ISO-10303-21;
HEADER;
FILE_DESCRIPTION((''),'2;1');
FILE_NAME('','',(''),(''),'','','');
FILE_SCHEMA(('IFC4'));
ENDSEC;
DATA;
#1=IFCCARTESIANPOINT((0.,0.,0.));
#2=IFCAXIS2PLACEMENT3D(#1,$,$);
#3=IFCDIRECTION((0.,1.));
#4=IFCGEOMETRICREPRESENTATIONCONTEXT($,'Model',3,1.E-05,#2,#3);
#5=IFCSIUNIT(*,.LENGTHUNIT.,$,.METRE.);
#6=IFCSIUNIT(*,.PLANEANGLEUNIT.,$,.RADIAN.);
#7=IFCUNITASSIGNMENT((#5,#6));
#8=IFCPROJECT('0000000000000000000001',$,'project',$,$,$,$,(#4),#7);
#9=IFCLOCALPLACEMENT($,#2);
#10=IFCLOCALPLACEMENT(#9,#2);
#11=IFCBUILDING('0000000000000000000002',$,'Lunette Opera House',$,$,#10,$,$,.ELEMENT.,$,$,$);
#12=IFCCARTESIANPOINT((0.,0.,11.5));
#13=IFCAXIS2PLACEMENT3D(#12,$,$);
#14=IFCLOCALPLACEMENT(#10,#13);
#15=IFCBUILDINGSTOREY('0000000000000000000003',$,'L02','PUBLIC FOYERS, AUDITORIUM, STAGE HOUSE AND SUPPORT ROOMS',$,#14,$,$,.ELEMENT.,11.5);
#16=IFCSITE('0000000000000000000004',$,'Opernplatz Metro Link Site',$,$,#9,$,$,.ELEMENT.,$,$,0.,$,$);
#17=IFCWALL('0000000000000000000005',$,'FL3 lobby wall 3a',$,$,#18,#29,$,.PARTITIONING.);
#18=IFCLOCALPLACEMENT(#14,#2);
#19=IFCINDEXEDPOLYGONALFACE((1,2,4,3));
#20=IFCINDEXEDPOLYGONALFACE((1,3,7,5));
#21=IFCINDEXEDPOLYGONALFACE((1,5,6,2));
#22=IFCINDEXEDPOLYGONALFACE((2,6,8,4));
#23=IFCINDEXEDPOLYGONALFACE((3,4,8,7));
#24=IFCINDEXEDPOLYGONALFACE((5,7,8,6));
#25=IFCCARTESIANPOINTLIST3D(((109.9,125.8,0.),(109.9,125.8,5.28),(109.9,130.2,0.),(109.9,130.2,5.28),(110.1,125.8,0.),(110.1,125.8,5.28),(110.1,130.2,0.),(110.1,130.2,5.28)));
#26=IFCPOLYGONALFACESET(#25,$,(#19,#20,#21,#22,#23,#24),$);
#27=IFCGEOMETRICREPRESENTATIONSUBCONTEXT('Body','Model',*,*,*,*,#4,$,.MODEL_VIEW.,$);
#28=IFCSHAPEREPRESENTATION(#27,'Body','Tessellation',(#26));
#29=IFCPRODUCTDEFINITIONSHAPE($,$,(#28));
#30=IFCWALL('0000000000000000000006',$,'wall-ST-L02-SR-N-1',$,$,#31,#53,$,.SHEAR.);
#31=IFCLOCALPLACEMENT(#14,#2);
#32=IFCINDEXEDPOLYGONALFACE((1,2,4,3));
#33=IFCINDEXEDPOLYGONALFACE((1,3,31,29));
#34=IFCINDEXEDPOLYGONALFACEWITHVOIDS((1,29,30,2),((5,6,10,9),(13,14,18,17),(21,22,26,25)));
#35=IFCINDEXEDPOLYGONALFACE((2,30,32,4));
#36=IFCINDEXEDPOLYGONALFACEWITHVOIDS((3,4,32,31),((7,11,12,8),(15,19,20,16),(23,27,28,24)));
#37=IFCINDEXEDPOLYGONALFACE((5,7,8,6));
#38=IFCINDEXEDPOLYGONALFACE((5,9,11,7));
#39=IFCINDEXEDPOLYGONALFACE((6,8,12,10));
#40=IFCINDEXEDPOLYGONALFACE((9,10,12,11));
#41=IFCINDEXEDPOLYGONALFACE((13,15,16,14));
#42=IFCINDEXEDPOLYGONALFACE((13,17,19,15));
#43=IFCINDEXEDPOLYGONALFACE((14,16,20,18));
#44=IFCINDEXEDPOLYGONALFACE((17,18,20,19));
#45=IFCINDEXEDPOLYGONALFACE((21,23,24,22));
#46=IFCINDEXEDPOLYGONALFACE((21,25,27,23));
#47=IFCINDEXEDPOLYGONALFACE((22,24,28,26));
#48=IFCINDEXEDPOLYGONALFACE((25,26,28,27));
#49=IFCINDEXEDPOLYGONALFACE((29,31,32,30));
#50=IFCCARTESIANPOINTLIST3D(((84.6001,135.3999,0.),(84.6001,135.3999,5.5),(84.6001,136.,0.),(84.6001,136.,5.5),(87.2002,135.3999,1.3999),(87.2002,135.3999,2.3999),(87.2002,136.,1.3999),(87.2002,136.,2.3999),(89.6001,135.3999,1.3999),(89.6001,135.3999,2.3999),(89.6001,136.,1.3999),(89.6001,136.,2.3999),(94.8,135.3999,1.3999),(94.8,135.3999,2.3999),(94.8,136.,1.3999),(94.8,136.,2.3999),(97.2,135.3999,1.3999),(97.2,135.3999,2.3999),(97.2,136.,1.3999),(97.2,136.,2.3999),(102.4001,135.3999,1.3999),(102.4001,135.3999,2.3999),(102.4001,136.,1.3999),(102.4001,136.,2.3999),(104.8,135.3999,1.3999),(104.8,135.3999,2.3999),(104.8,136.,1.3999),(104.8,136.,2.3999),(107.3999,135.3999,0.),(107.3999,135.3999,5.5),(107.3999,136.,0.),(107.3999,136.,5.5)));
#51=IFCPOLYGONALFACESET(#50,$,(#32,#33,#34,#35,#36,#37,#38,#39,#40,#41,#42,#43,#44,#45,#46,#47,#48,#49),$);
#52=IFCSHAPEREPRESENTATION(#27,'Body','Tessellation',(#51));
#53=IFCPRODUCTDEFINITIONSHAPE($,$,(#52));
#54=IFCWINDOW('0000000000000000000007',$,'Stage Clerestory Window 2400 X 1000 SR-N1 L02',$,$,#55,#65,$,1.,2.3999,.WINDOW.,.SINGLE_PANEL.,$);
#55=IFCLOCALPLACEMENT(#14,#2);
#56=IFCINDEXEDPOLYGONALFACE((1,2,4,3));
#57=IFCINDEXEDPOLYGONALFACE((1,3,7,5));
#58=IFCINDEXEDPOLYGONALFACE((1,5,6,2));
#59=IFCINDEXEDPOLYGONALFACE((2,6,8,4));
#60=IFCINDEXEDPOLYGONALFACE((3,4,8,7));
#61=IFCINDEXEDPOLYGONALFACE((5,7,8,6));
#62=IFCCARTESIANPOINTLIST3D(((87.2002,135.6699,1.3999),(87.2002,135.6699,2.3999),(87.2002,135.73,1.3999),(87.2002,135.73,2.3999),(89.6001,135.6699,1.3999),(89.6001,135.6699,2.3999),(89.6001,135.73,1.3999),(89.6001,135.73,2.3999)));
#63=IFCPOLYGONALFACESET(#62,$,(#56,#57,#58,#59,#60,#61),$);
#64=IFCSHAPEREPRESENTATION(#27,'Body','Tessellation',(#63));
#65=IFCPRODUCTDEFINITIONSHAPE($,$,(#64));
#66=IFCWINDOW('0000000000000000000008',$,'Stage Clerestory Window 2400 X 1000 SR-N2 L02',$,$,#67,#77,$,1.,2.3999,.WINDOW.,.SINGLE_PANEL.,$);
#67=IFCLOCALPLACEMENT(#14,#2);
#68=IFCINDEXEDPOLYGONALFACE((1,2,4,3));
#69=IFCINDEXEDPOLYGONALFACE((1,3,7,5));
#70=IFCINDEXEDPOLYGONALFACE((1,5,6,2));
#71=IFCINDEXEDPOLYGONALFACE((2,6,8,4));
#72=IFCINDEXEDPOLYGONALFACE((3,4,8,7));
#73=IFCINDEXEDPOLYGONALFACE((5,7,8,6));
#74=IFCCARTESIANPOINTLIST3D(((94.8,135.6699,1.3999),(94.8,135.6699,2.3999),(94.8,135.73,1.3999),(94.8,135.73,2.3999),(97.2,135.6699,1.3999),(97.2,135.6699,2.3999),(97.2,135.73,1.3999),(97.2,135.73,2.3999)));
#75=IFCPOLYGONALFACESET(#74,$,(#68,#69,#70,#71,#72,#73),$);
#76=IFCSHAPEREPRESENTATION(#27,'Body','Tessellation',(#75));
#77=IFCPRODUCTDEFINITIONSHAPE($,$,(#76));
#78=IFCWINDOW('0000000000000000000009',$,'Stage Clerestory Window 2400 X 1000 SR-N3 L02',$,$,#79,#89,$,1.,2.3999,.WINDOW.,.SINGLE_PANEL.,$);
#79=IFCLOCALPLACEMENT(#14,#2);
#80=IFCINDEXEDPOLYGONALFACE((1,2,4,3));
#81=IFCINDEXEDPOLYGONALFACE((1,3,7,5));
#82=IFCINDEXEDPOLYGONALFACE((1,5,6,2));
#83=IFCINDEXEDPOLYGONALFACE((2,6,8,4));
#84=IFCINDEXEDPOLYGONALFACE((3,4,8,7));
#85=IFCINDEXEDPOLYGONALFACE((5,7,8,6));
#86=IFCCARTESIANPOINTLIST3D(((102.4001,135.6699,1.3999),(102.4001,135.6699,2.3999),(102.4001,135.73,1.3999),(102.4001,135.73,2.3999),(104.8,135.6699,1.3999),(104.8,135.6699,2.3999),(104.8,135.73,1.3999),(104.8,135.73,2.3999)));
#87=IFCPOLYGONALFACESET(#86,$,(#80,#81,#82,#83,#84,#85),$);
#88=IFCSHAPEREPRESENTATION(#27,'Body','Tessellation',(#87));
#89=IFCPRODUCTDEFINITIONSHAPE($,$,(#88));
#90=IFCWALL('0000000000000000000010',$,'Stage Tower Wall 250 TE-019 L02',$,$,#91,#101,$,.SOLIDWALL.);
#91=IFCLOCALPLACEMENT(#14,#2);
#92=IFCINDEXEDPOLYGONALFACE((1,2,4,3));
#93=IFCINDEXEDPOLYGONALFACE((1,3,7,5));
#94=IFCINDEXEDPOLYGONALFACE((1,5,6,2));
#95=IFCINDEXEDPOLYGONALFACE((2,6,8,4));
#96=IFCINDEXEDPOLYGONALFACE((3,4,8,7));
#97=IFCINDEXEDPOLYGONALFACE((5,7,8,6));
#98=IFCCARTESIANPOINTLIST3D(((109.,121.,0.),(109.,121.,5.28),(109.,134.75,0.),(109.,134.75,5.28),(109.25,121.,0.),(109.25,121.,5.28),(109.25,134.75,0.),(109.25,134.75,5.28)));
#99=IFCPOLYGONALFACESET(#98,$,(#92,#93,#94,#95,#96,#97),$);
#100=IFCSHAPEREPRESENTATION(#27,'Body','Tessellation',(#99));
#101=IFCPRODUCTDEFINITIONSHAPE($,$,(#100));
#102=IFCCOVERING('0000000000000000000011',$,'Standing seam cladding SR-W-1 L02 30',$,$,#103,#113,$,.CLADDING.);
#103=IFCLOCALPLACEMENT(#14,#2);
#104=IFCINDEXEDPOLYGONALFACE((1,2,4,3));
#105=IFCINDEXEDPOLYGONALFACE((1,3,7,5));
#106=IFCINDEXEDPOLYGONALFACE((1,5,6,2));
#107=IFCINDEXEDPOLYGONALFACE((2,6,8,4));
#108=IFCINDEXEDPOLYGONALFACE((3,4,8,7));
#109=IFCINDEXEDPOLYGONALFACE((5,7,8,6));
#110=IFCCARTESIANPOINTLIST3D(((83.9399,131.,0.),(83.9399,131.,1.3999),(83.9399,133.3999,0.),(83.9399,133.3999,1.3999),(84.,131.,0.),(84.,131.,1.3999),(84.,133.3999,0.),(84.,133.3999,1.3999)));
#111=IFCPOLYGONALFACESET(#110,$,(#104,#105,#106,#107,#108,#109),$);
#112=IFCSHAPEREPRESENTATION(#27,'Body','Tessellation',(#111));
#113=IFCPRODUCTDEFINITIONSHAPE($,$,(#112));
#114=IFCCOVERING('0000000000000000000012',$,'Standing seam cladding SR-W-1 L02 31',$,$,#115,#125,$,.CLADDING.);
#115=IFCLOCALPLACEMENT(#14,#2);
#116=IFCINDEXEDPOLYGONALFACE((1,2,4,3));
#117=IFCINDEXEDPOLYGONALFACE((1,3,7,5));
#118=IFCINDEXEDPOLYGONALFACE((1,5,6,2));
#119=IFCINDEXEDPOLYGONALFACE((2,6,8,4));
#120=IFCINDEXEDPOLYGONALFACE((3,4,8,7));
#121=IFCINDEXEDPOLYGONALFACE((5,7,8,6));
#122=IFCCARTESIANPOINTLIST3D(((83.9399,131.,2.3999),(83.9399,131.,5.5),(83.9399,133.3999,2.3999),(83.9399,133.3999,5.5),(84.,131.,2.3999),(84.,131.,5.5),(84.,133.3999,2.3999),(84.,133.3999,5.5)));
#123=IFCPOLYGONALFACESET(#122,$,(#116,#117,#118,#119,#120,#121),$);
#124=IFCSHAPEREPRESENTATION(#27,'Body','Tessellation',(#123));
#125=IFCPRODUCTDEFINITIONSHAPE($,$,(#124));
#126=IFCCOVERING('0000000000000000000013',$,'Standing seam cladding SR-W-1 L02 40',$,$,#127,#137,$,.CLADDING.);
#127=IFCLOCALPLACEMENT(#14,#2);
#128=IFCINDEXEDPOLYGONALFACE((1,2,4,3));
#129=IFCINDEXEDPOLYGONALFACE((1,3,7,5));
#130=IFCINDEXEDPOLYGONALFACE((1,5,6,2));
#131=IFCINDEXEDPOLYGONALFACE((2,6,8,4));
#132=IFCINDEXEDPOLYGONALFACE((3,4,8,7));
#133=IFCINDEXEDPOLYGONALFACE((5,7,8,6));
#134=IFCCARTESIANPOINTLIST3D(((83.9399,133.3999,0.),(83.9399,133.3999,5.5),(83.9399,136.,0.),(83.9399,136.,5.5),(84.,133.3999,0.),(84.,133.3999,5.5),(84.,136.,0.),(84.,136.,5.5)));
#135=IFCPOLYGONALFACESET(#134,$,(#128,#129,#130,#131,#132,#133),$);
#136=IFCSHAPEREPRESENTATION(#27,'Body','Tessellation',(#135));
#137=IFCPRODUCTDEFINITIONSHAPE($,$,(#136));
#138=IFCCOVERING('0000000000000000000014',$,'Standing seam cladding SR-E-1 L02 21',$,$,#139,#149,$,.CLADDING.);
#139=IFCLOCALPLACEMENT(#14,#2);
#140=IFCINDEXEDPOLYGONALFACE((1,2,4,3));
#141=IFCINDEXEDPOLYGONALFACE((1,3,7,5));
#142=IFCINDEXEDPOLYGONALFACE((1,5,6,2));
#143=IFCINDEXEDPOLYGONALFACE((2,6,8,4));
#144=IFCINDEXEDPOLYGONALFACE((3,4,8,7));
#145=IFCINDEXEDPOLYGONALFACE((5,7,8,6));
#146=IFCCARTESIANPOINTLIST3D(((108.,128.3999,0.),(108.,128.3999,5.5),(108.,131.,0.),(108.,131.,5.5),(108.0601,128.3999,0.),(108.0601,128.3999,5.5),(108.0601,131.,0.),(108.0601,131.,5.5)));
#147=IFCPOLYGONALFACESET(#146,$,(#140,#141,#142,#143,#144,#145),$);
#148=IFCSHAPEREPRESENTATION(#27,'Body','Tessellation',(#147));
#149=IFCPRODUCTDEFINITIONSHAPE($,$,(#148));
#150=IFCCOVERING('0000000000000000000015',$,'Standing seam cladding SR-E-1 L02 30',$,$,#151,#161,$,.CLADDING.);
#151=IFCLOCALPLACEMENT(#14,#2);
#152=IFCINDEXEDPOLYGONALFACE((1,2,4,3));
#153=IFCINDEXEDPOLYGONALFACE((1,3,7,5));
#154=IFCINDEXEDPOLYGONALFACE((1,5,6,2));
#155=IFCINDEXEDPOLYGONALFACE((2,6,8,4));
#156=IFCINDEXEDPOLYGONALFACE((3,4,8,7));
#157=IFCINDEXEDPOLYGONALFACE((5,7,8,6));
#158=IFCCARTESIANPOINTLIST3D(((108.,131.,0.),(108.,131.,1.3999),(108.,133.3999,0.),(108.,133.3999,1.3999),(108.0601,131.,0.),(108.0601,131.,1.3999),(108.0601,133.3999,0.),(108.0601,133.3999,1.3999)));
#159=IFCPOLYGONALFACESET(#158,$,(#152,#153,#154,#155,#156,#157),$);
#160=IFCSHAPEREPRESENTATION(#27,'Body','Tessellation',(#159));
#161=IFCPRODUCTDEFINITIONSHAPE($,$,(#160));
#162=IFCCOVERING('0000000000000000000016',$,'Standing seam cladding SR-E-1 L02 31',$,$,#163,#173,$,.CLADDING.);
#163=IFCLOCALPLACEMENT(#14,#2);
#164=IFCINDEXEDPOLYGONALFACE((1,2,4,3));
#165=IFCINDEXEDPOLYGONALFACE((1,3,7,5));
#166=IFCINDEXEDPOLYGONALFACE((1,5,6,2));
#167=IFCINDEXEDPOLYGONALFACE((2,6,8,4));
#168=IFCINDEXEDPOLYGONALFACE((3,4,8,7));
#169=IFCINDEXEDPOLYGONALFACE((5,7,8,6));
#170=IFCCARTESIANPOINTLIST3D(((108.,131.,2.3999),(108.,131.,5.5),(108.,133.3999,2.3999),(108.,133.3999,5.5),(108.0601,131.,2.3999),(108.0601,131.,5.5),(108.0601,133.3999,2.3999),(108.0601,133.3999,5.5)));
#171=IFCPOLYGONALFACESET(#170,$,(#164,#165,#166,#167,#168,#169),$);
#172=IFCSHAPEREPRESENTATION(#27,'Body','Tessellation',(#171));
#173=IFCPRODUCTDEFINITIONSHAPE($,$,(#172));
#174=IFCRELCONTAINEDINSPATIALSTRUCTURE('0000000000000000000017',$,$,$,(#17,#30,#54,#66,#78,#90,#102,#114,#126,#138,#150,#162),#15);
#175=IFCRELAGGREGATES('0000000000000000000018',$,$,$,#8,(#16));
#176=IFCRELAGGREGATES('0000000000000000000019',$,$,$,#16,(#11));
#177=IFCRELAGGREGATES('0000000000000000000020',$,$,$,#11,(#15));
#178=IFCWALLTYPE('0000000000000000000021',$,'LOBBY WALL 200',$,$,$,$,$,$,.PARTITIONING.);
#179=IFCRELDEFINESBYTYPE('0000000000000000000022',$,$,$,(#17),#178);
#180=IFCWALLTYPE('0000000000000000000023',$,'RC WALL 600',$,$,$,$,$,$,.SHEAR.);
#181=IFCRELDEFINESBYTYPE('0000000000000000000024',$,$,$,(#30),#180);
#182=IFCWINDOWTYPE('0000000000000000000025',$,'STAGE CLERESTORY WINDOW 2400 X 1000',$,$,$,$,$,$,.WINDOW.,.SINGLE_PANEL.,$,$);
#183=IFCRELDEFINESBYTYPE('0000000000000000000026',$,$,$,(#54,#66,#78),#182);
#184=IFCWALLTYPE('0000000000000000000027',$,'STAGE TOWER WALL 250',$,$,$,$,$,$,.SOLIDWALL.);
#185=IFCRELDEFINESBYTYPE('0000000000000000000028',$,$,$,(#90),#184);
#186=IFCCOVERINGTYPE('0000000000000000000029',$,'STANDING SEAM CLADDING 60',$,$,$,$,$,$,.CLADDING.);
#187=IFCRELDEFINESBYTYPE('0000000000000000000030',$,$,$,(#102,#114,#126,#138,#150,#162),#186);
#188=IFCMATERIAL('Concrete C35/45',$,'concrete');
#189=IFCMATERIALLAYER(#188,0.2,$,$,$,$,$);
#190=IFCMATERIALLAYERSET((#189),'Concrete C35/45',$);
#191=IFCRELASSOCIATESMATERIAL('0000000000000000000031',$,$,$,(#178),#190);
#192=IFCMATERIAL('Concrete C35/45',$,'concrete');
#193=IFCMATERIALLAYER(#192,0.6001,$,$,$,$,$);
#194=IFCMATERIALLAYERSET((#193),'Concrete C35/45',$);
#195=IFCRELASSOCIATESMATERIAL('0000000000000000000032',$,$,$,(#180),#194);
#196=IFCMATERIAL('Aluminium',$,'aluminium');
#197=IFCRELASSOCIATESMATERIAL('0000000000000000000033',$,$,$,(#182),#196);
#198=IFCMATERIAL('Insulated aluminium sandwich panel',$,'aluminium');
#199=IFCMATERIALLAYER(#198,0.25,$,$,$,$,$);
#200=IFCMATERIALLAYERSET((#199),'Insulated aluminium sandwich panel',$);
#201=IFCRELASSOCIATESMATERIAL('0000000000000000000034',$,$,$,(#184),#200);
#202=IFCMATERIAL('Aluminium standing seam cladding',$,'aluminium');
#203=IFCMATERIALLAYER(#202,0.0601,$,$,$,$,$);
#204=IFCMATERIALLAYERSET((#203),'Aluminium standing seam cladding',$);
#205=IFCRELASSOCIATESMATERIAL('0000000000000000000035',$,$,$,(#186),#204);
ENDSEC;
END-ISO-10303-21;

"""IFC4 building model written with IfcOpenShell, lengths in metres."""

from ifc_helpers import new_model, si_unit, direction, frame, frame_2d, origin, origin_2d, place, context, subcontext, project, spatial, rectangle, extrude, material, layer, layer_set, type_object, element, fill, save


model = new_model("IFC4")

# Units and contexts
model_context = context("Model", 3, precision=1e-05, world=origin(), true_north=direction((0.0, 1.0)))
body_context = subcontext(model_context, "Body", "Model", "MODEL_VIEW")
ifc_project = project(units=[si_unit("LENGTHUNIT", "METRE"), si_unit("PLANEANGLEUNIT", "RADIAN")], contexts=[model_context])

# Site, building, storey
site_placement = place(None, origin())
site = spatial("IfcSite", under=ifc_project, at=site_placement, Name="Opernplatz Metro Link Site", CompositionType="ELEMENT", RefElevation=0.0)
building_placement = place(site_placement, origin())
building = spatial("IfcBuilding", under=site, at=building_placement, Name="Lunette Opera House", CompositionType="ELEMENT")
storey_placement = place(building_placement, frame((0.0, 0.0, 11.5)))
storey = spatial("IfcBuildingStorey", under=building, at=storey_placement, Name="L02", Description="PUBLIC FOYERS, AUDITORIUM, STAGE HOUSE AND SUPPORT ROOMS", CompositionType="ELEMENT", Elevation=11.5)

# Wall
ifc_material_1 = material(Name="Concrete C35/45", Category="concrete")
ifc_layer_1 = layer(ifc_material_1, 0.2)
ifc_layer_set_1 = layer_set([ifc_layer_1], Name="Concrete C35/45")
wall_type_1 = type_object("IfcWallType", Name="LOBBY WALL 200", PredefinedType="PARTITIONING", material=ifc_layer_set_1)
wall_1_placement = place(storey_placement, frame((110.0, 130.2, 0.0), z_axis=(0.0, 0.0, 1.0), x_axis=(0.0, -1.0, 0.0)))
element("IfcWall", 1, at=wall_1_placement, inside=storey, type_object=wall_type_1, Name="FL3 lobby wall 3a", PredefinedType="PARTITIONING", context=body_context, shape_type="SweptSolid", body=[
    extrude(rectangle(XDim=4.3999, YDim=0.2, at=frame_2d((2.2, 0.0))), origin(), (0.0, 0.0, 1.0), 5.28),
])

# Wall, openings, windows
ifc_material_2 = material(Name="Concrete C35/45", Category="concrete")
ifc_layer_2 = layer(ifc_material_2, 0.6001)
ifc_layer_set_2 = layer_set([ifc_layer_2], Name="Concrete C35/45")
wall_type_2 = type_object("IfcWallType", Name="RC WALL 600", PredefinedType="SHEAR", material=ifc_layer_set_2)
wall_2_placement = place(storey_placement, frame((84.6001, 135.7, 0.0), z_axis=(0.0, 0.0, 1.0), x_axis=(1.0, 0.0, 0.0)))
wall_2 = element("IfcWall", 2, at=wall_2_placement, inside=storey, type_object=wall_type_2, Name="wall-ST-L02-SR-N-1", PredefinedType="SHEAR", context=body_context, shape_type="SweptSolid", body=[
    extrude(rectangle(XDim=22.7998, YDim=0.6001, at=frame_2d((11.3999, 0.0))), origin(), (0.0, 0.0, 1.0), 5.5),
])
opening_1_placement = place(wall_2_placement, frame((2.6001, 0.0, 1.3999)))
opening_1 = element("IfcOpeningElement", 3, at=opening_1_placement, cuts=wall_2, PredefinedType="OPENING", context=body_context, shape_type="SweptSolid", body=[
    extrude(rectangle(XDim=2.3999, YDim=1.0, at=frame_2d((1.2, 0.5))), frame((0.0, 0.312, 0.0), z_axis=(0.0, -1.0, 0.0), x_axis=(1.0, 0.0, 0.0)), (0.0, 0.0, 1.0), 0.624),
])
opening_2_placement = place(wall_2_placement, frame((10.2, 0.0, 1.3999)))
opening_2 = element("IfcOpeningElement", 4, at=opening_2_placement, cuts=wall_2, PredefinedType="OPENING", context=body_context, shape_type="SweptSolid", body=[
    extrude(rectangle(XDim=2.3999, YDim=1.0, at=frame_2d((1.2, 0.5))), frame((0.0, 0.312, 0.0), z_axis=(0.0, -1.0, 0.0), x_axis=(1.0, 0.0, 0.0)), (0.0, 0.0, 1.0), 0.624),
])
opening_3_placement = place(wall_2_placement, frame((17.8, 0.0, 1.3999)))
opening_3 = element("IfcOpeningElement", 5, at=opening_3_placement, cuts=wall_2, PredefinedType="OPENING", context=body_context, shape_type="SweptSolid", body=[
    extrude(rectangle(XDim=2.3999, YDim=1.0, at=frame_2d((1.2, 0.5))), frame((0.0, 0.312, 0.0), z_axis=(0.0, -1.0, 0.0), x_axis=(1.0, 0.0, 0.0)), (0.0, 0.0, 1.0), 0.624),
])
ifc_material_3 = material(Name="Aluminium", Category="aluminium")
window_type = type_object("IfcWindowType", Name="STAGE CLERESTORY WINDOW 2400 X 1000", PartitioningType="SINGLE_PANEL", PredefinedType="WINDOW", material=ifc_material_3)
window_1_placement = place(opening_1_placement, origin())
window_1 = element("IfcWindow", 6, at=window_1_placement, inside=storey, type_object=window_type, Name="Stage Clerestory Window 2400 X 1000 SR-N1 L02", OverallHeight=1.0, OverallWidth=2.3999, PartitioningType="SINGLE_PANEL", PredefinedType="WINDOW", context=body_context, shape_type="SweptSolid", body=[
    extrude(rectangle(XDim=2.3999, YDim=1.0, at=frame_2d((1.2, 0.5))), frame((0.0, 0.03, 0.0), z_axis=(0.0, -1.0, 0.0), x_axis=(1.0, 0.0, 0.0)), (0.0, 0.0, 1.0), 0.0601),
])
fill(opening_1, window_1)
window_2_placement = place(opening_2_placement, origin())
window_2 = element("IfcWindow", 7, at=window_2_placement, inside=storey, type_object=window_type, Name="Stage Clerestory Window 2400 X 1000 SR-N2 L02", OverallHeight=1.0, OverallWidth=2.3999, PartitioningType="SINGLE_PANEL", PredefinedType="WINDOW", context=body_context, shape_type="SweptSolid", body=[
    extrude(rectangle(XDim=2.3999, YDim=1.0, at=frame_2d((1.2, 0.5))), frame((0.0, 0.03, 0.0), z_axis=(0.0, -1.0, 0.0), x_axis=(1.0, 0.0, 0.0)), (0.0, 0.0, 1.0), 0.0601),
])
fill(opening_2, window_2)
window_3_placement = place(opening_3_placement, origin())
window_3 = element("IfcWindow", 8, at=window_3_placement, inside=storey, type_object=window_type, Name="Stage Clerestory Window 2400 X 1000 SR-N3 L02", OverallHeight=1.0, OverallWidth=2.3999, PartitioningType="SINGLE_PANEL", PredefinedType="WINDOW", context=body_context, shape_type="SweptSolid", body=[
    extrude(rectangle(XDim=2.3999, YDim=1.0, at=frame_2d((1.2, 0.5))), frame((0.0, 0.03, 0.0), z_axis=(0.0, -1.0, 0.0), x_axis=(1.0, 0.0, 0.0)), (0.0, 0.0, 1.0), 0.0601),
])
fill(opening_3, window_3)

# Wall
ifc_material_4 = material(Name="Insulated aluminium sandwich panel", Category="aluminium")
ifc_layer_3 = layer(ifc_material_4, 0.25)
ifc_layer_set_3 = layer_set([ifc_layer_3], Name="Insulated aluminium sandwich panel")
wall_type_3 = type_object("IfcWallType", Name="STAGE TOWER WALL 250", PredefinedType="SOLIDWALL", material=ifc_layer_set_3)
wall_3_placement = place(storey_placement, frame((109.125, 134.75, 0.0), z_axis=(0.0, 0.0, 1.0), x_axis=(0.0, -1.0, 0.0)))
element("IfcWall", 9, at=wall_3_placement, inside=storey, type_object=wall_type_3, Name="Stage Tower Wall 250 TE-019 L02", PredefinedType="SOLIDWALL", context=body_context, shape_type="SweptSolid", body=[
    extrude(rectangle(XDim=13.75, YDim=0.25, at=frame_2d((6.875, 0.0))), origin(), (0.0, 0.0, 1.0), 5.28),
])

# Coverings
ifc_material_5 = material(Name="Aluminium standing seam cladding", Category="aluminium")
ifc_layer_4 = layer(ifc_material_5, 0.0601)
ifc_layer_set_4 = layer_set([ifc_layer_4], Name="Aluminium standing seam cladding")
covering_type = type_object("IfcCoveringType", Name="STANDING SEAM CLADDING 60", PredefinedType="CLADDING", material=ifc_layer_set_4)
covering_1_placement = place(storey_placement, frame((83.97, 132.2, 0.0), z_axis=(0.0, 0.0, 1.0), x_axis=(0.0, 1.0, 0.0)))
element("IfcCovering", 10, at=covering_1_placement, inside=storey, type_object=covering_type, Name="Standing seam cladding SR-W-1 L02 30", PredefinedType="CLADDING", context=body_context, shape_type="SweptSolid", body=[
    extrude(rectangle(XDim=2.3999, YDim=0.0601, at=origin_2d()), origin(), (0.0, 0.0, 1.0), 1.3999),
])
covering_2_placement = place(storey_placement, frame((83.97, 132.2, 2.3999), z_axis=(0.0, 0.0, 1.0), x_axis=(0.0, 1.0, 0.0)))
element("IfcCovering", 11, at=covering_2_placement, inside=storey, type_object=covering_type, Name="Standing seam cladding SR-W-1 L02 31", PredefinedType="CLADDING", context=body_context, shape_type="SweptSolid", body=[
    extrude(rectangle(XDim=2.3999, YDim=0.0601, at=origin_2d()), origin(), (0.0, 0.0, 1.0), 3.1001),
])
for number, where, z_axis, x_axis, name in (
    (12, (83.97, 134.7, 0.0), (0.0, 0.0, 1.0), (0.0, 1.0, 0.0), "Standing seam cladding SR-W-1 L02 40"),
    (13, (108.03, 129.7, 0.0), (0.0, 0.0, 1.0), (0.0, 1.0, 0.0), "Standing seam cladding SR-E-1 L02 21"),
):
    element("IfcCovering", number, at=place(storey_placement, frame(where, z_axis=z_axis, x_axis=x_axis)), inside=storey, type_object=covering_type, Name=name, PredefinedType="CLADDING", context=body_context, shape_type="SweptSolid", body=[
        extrude(rectangle(XDim=2.6001, YDim=0.0601, at=origin_2d()), origin(), (0.0, 0.0, 1.0), 5.5),
    ])
covering_3_placement = place(storey_placement, frame((108.03, 132.2, 0.0), z_axis=(0.0, 0.0, 1.0), x_axis=(0.0, 1.0, 0.0)))
element("IfcCovering", 14, at=covering_3_placement, inside=storey, type_object=covering_type, Name="Standing seam cladding SR-E-1 L02 30", PredefinedType="CLADDING", context=body_context, shape_type="SweptSolid", body=[
    extrude(rectangle(XDim=2.3999, YDim=0.0601, at=origin_2d()), origin(), (0.0, 0.0, 1.0), 1.3999),
])
covering_4_placement = place(storey_placement, frame((108.03, 132.2, 2.3999), z_axis=(0.0, 0.0, 1.0), x_axis=(0.0, 1.0, 0.0)))
element("IfcCovering", 15, at=covering_4_placement, inside=storey, type_object=covering_type, Name="Standing seam cladding SR-E-1 L02 31", PredefinedType="CLADDING", context=body_context, shape_type="SweptSolid", body=[
    extrude(rectangle(XDim=2.3999, YDim=0.0601, at=origin_2d()), origin(), (0.0, 0.0, 1.0), 3.1001),
])

save(model, "model.ifc")
